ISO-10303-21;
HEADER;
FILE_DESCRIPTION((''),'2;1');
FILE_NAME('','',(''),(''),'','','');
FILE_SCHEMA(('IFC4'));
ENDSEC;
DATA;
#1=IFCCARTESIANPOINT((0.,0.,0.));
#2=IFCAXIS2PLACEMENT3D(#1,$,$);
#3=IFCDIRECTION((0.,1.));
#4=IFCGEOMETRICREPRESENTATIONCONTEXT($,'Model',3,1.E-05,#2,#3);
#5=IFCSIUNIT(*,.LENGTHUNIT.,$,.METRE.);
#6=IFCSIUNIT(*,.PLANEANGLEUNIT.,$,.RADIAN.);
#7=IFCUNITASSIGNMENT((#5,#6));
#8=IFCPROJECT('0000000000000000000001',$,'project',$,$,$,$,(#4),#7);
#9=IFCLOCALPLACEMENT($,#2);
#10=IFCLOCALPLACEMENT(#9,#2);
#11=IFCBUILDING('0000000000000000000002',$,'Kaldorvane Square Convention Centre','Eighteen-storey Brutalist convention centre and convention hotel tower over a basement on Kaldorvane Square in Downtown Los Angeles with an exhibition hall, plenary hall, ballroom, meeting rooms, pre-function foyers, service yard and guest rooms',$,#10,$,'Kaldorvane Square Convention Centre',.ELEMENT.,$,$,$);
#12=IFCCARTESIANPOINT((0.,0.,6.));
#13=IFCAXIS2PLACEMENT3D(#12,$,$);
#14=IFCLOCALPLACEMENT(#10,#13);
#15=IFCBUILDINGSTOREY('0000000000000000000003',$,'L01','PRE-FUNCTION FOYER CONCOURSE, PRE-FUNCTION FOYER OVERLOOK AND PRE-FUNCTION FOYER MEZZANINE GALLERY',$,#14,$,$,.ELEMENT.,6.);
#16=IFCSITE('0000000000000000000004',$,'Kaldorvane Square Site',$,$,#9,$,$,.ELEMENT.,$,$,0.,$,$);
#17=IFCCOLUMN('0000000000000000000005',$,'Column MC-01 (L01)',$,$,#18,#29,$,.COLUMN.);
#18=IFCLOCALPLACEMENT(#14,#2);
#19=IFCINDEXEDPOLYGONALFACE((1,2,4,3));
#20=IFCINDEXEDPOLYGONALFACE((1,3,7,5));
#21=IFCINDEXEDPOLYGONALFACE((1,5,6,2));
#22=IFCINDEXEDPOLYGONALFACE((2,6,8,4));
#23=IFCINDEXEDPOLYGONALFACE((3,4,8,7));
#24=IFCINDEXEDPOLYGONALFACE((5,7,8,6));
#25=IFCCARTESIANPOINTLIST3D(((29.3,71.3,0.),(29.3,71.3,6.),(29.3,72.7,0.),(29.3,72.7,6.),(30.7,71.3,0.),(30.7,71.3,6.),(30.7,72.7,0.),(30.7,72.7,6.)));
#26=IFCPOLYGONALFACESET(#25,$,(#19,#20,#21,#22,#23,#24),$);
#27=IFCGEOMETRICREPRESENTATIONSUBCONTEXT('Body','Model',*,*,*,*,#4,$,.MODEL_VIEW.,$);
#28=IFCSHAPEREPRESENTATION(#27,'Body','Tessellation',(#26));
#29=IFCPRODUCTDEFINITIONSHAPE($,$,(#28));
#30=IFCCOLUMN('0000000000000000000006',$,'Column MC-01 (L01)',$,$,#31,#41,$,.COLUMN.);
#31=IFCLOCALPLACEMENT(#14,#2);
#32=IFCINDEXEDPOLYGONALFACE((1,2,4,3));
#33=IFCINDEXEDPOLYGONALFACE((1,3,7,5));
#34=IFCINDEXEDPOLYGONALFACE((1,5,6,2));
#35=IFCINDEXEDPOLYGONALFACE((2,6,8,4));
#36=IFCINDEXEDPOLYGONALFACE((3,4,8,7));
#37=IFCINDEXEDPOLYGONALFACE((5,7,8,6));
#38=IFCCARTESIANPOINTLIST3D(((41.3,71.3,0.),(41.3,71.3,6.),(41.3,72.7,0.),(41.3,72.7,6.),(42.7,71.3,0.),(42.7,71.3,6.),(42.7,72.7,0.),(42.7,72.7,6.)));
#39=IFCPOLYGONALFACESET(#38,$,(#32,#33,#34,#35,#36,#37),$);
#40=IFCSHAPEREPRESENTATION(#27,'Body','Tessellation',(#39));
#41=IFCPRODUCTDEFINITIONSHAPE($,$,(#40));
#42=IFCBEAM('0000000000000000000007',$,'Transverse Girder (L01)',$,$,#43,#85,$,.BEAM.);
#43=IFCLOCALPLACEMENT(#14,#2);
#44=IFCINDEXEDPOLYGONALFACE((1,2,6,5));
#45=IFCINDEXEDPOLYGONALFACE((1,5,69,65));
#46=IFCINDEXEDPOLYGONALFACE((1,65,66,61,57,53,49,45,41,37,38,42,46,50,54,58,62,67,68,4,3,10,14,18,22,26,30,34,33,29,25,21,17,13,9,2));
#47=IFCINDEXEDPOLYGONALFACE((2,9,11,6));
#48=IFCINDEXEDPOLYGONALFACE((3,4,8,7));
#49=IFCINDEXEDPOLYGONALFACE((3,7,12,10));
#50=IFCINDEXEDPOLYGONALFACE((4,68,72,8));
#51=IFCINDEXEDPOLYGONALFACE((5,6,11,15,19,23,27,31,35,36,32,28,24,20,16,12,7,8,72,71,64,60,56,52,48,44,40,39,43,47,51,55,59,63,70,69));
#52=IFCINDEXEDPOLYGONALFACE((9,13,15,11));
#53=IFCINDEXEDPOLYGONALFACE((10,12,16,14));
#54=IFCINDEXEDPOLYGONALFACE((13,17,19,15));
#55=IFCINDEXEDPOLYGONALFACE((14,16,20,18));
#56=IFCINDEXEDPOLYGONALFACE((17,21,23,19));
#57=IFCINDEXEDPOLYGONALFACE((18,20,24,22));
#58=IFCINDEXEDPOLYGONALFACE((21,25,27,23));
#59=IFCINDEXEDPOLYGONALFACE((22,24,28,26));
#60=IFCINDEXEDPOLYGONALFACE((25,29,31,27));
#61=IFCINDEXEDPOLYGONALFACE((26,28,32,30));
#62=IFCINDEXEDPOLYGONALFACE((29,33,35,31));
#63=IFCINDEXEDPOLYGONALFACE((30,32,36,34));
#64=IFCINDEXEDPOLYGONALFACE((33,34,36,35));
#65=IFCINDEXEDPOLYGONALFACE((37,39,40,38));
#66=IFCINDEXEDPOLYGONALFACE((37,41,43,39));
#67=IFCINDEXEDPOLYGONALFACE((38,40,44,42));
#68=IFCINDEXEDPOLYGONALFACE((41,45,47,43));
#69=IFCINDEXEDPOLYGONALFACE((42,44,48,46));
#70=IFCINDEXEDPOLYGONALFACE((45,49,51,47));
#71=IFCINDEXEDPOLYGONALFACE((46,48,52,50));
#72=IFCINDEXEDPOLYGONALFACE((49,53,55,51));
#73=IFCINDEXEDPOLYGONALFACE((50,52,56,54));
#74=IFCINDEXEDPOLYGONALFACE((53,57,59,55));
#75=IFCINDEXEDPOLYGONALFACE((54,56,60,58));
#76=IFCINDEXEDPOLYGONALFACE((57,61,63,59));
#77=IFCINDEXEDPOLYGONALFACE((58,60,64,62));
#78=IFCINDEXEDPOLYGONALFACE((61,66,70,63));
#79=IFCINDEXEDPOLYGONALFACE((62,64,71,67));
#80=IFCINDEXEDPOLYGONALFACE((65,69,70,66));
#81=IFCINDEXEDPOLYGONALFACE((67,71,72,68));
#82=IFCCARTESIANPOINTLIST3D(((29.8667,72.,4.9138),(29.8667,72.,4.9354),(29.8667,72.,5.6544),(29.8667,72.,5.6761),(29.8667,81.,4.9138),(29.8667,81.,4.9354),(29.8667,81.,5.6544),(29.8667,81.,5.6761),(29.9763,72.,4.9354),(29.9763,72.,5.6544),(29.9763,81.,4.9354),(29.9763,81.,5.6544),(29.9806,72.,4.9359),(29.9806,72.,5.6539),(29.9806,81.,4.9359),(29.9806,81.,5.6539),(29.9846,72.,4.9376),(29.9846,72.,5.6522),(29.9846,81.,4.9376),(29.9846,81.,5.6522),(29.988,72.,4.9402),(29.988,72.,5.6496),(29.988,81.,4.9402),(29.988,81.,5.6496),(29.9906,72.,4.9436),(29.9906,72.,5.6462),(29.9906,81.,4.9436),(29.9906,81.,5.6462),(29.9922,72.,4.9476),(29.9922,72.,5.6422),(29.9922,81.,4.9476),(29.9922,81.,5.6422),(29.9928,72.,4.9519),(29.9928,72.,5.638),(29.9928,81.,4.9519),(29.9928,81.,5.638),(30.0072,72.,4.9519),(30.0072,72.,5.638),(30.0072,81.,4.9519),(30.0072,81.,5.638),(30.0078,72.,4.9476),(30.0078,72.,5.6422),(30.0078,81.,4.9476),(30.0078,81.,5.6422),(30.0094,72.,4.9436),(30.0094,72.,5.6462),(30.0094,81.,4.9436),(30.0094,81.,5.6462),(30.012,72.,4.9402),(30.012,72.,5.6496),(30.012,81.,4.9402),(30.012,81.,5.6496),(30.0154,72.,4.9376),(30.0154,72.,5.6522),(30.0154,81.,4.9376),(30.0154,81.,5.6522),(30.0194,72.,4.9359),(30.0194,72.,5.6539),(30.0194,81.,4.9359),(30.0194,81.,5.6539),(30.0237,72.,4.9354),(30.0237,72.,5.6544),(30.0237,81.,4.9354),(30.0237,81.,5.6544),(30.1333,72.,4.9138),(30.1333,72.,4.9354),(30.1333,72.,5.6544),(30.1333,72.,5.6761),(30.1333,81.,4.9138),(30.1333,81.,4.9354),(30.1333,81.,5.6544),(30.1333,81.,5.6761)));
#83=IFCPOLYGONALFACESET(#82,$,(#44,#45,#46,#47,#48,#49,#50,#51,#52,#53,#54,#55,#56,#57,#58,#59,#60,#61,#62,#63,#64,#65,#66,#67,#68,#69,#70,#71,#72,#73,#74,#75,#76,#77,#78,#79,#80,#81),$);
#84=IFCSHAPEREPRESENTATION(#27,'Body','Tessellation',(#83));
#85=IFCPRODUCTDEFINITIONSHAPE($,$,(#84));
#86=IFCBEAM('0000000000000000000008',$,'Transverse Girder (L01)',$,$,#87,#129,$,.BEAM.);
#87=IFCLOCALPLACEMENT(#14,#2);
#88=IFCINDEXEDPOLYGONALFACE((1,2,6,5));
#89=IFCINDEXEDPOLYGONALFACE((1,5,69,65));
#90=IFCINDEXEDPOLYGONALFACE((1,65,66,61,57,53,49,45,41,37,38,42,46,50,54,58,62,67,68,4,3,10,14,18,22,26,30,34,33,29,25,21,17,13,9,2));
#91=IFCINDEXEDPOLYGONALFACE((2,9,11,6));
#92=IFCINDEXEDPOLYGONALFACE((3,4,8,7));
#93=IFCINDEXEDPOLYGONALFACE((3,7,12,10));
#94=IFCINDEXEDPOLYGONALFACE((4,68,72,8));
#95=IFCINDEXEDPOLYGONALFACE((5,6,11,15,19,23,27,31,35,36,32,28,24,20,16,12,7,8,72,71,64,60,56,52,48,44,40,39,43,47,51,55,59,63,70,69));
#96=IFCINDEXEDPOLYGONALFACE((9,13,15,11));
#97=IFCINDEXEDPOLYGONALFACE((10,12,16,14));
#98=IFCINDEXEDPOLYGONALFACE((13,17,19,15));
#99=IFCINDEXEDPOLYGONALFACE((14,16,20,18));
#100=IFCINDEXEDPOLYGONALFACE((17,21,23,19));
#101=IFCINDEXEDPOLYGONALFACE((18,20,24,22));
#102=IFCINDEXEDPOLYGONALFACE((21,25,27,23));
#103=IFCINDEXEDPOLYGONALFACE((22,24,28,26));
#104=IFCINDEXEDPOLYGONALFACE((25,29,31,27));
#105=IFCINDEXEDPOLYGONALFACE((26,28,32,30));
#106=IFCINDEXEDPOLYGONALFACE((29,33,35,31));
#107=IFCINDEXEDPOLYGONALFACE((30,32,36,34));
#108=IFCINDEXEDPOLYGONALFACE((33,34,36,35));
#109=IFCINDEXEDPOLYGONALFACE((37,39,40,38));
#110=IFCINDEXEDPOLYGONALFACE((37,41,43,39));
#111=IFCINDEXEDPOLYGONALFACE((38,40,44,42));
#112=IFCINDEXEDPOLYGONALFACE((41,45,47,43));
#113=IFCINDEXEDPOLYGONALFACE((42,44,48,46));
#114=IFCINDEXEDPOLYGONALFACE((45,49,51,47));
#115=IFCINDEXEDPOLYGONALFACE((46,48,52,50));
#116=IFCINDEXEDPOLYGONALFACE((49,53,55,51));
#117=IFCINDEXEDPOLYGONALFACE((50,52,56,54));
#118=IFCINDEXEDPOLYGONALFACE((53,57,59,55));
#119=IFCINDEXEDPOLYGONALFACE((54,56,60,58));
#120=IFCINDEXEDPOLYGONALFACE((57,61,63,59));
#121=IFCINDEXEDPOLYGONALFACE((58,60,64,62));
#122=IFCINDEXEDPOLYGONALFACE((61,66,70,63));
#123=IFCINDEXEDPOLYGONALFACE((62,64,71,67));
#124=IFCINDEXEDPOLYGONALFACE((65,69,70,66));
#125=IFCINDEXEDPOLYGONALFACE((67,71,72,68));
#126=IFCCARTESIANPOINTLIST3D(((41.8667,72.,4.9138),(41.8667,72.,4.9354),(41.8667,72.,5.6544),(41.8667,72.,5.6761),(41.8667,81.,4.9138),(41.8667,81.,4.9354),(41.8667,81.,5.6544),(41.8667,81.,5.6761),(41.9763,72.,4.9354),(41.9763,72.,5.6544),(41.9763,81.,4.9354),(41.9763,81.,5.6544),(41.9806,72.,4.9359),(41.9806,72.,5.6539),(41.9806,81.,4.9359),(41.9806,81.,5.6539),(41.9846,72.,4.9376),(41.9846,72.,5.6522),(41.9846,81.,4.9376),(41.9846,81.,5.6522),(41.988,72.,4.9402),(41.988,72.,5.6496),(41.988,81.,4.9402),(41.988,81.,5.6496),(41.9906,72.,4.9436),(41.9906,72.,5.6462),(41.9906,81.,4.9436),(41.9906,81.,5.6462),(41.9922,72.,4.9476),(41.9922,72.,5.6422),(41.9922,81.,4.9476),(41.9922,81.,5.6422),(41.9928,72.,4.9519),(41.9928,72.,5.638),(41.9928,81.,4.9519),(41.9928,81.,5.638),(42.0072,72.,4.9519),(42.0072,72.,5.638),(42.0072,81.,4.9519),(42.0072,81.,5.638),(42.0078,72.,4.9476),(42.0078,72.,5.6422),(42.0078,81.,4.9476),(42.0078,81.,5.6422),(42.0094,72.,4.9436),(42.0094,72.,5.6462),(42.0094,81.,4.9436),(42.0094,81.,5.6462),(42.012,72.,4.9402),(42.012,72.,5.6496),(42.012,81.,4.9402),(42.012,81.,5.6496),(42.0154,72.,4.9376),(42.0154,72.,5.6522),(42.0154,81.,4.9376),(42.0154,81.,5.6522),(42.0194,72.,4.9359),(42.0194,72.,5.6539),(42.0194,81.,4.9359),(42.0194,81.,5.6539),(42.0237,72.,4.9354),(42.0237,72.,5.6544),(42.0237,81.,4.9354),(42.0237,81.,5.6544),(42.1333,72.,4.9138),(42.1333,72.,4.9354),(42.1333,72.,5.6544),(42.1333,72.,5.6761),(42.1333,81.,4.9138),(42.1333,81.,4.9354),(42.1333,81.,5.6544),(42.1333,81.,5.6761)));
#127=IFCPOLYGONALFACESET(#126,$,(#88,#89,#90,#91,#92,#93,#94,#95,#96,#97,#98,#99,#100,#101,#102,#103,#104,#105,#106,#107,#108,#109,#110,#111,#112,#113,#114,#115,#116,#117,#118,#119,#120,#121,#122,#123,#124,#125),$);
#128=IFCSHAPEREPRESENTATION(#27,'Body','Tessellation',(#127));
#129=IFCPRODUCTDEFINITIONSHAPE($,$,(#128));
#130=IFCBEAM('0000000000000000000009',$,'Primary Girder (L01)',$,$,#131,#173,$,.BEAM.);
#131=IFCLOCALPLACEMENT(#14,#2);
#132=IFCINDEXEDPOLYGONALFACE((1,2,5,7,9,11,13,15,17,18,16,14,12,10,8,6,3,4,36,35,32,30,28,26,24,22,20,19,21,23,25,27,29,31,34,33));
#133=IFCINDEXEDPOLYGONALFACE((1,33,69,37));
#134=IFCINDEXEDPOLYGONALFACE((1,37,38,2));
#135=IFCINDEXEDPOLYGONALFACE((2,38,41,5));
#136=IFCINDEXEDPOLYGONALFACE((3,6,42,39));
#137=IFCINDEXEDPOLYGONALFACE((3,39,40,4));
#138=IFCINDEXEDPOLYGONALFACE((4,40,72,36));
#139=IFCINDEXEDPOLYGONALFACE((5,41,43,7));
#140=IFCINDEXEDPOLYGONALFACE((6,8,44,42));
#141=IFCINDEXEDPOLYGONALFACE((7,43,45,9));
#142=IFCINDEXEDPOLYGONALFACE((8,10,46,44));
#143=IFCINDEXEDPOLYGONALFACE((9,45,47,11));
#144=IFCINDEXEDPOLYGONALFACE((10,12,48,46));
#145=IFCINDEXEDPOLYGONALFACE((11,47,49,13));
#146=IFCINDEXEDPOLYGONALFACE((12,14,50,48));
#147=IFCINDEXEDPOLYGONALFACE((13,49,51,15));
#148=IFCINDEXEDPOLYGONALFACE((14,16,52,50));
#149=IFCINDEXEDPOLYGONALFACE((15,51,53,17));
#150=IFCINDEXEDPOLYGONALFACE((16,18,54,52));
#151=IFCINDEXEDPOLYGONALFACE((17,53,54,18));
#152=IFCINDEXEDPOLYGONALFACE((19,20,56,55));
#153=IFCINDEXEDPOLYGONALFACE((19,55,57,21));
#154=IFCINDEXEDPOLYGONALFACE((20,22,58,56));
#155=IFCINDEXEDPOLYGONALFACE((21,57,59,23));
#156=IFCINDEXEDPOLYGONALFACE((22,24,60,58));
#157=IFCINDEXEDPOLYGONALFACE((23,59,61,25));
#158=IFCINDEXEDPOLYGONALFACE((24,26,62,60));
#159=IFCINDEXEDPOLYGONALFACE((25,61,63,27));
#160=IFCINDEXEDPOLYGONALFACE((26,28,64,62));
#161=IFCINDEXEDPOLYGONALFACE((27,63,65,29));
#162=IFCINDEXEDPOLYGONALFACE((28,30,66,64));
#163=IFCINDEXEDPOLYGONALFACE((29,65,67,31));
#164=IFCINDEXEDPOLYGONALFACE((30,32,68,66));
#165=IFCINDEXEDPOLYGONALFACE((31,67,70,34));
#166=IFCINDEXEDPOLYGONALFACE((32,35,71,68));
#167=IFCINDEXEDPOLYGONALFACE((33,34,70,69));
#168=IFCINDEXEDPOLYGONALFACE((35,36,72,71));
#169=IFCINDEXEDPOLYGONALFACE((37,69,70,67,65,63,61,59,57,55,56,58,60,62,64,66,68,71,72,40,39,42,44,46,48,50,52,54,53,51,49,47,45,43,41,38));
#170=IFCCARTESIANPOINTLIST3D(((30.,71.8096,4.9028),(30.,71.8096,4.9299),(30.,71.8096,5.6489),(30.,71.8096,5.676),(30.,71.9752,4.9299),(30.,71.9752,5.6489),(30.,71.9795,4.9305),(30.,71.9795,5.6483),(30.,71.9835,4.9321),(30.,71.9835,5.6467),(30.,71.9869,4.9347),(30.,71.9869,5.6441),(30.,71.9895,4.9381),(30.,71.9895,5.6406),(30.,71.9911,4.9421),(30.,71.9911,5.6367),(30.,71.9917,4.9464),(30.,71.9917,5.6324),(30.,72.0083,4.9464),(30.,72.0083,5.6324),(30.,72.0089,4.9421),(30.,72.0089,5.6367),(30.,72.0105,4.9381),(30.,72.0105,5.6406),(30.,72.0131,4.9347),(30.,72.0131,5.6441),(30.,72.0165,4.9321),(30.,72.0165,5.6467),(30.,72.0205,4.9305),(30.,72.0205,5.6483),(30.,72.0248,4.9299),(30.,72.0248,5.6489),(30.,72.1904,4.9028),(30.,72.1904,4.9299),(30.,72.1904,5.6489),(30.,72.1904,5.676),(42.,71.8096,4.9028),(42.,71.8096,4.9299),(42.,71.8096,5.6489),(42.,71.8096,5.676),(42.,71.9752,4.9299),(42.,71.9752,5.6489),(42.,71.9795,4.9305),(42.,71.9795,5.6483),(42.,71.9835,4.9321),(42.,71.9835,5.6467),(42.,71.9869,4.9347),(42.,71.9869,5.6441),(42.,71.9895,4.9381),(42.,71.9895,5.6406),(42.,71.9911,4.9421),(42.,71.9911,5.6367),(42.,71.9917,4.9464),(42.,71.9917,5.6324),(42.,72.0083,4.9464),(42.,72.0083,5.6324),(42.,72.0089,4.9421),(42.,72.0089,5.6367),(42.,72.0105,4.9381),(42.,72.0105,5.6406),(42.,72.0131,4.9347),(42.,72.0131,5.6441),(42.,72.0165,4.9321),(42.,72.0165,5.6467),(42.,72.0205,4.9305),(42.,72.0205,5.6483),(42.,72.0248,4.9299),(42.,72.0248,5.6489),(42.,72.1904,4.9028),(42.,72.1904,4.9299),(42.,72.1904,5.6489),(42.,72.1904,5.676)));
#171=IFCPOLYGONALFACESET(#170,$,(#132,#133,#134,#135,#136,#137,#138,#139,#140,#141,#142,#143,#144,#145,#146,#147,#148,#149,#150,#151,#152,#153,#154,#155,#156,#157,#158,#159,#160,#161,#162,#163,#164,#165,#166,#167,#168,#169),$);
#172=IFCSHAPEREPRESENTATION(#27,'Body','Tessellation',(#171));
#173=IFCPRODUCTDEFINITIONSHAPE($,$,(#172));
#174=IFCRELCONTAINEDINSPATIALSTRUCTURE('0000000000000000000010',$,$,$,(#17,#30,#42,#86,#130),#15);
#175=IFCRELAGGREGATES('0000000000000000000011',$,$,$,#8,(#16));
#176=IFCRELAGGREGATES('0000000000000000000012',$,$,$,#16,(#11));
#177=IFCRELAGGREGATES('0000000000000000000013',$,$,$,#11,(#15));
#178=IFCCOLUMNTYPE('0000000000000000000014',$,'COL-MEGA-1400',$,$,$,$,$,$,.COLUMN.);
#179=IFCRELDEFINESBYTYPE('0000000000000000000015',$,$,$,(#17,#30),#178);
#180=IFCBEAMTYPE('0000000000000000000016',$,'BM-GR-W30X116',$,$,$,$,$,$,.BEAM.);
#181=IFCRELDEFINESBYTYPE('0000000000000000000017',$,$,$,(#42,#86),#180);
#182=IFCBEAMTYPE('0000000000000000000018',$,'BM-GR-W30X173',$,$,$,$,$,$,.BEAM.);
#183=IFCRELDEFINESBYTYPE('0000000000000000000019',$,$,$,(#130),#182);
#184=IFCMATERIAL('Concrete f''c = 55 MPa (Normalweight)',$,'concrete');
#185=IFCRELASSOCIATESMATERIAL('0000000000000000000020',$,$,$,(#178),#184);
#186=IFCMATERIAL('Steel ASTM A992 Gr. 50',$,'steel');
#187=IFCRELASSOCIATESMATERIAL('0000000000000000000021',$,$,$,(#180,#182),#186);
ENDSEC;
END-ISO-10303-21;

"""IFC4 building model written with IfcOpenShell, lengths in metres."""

from ifc_helpers import new_model, si_unit, direction, frame, origin, origin_2d, place, context, subcontext, project, spatial, rectangle, i_section, extrude, material, material_profile, profile_set, type_object, element, save


model = new_model("IFC4")

# Units and contexts
model_context = context("Model", 3, precision=1e-05, world=origin(), true_north=direction((0.0, 1.0)))
body_context = subcontext(model_context, "Body", "Model", "MODEL_VIEW")
ifc_project = project(units=[si_unit("LENGTHUNIT", "METRE"), si_unit("PLANEANGLEUNIT", "RADIAN")], contexts=[model_context])

# Site, building, storey
site_placement = place(None, origin())
site = spatial("IfcSite", under=ifc_project, at=site_placement, Name="Kaldorvane Square Site", CompositionType="ELEMENT", RefElevation=0.0)
building_placement = place(site_placement, origin())
building = spatial("IfcBuilding", under=site, at=building_placement, Name="Kaldorvane Square Convention Centre", Description="Eighteen-storey Brutalist convention centre and convention hotel tower over a basement on Kaldorvane Square in Downtown Los Angeles with an exhibition hall, plenary hall, ballroom, meeting rooms, pre-function foyers, service yard and guest rooms", LongName="Kaldorvane Square Convention Centre", CompositionType="ELEMENT")
storey_placement = place(building_placement, frame((0.0, 0.0, 6.0)))
storey = spatial("IfcBuildingStorey", under=building, at=storey_placement, Name="L01", Description="PRE-FUNCTION FOYER CONCOURSE, PRE-FUNCTION FOYER OVERLOOK AND PRE-FUNCTION FOYER MEZZANINE GALLERY", CompositionType="ELEMENT", Elevation=6.0)

# Columns
ifc_material_1 = material(Name="Concrete f'c = 55 MPa (Normalweight)", Category="concrete")
ifc_material_profile_1 = material_profile(ifc_material_1, rectangle(XDim=1.4, YDim=1.4, at=origin_2d()), Name="RC1400X1400")
ifc_profile_set_1 = profile_set([ifc_material_profile_1], Name="Concrete f'c = 55 MPa (Normalweight)")
column_type = type_object("IfcColumnType", Name="COL-MEGA-1400", PredefinedType="COLUMN", material=ifc_profile_set_1)
for number, where, z_axis, x_axis, name in (
    (1, (30.0, 72.0, 0.0), (0.0, 0.0, 1.0), (1.0, 0.0, 0.0), "Column MC-01 (L01)"),
    (2, (42.0, 72.0, 0.0), (0.0, 0.0, 1.0), (1.0, 0.0, 0.0), "Column MC-01 (L01)"),
):
    element("IfcColumn", number, at=place(storey_placement, frame(where, z_axis=z_axis, x_axis=x_axis)), inside=storey, type_object=column_type, Name=name, PredefinedType="COLUMN", context=body_context, shape_type="SweptSolid", body=[
        extrude(rectangle(XDim=1.4, YDim=1.4, at=origin_2d()), origin(), (0.0, 0.0, 1.0), 6.0),
    ])

# Beams
ifc_material_2 = material(Name="Steel ASTM A992 Gr. 50", Category="steel")
ifc_material_profile_2 = material_profile(ifc_material_2, i_section(OverallWidth=0.2666, OverallDepth=0.7623, WebThickness=0.0144, FlangeThickness=0.0216, FilletRadius=0.0165, at=origin_2d()), Name="W30X116")
ifc_profile_set_2 = profile_set([ifc_material_profile_2], Name="Steel ASTM A992 Gr. 50")
beam_type_1 = type_object("IfcBeamType", Name="BM-GR-W30X116", PredefinedType="BEAM", material=ifc_profile_set_2)
for number, where, z_axis, x_axis, name in (
    (3, (30.0, 72.0, 5.2949), (0.0, 1.0, 0.0), (-1.0, 0.0, 0.0), "Transverse Girder (L01)"),
    (4, (42.0, 72.0, 5.2949), (0.0, 1.0, 0.0), (-1.0, 0.0, 0.0), "Transverse Girder (L01)"),
):
    element("IfcBeam", number, at=place(storey_placement, frame(where, z_axis=z_axis, x_axis=x_axis)), inside=storey, type_object=beam_type_1, Name=name, PredefinedType="BEAM", context=body_context, shape_type="SweptSolid", body=[
        extrude(i_section(OverallWidth=0.2666, OverallDepth=0.7623, WebThickness=0.0144, FlangeThickness=0.0216, FilletRadius=0.0165, at=origin_2d()), origin(), (0.0, 0.0, 1.0), 9.0),
    ])
ifc_material_profile_3 = material_profile(ifc_material_2, i_section(OverallWidth=0.3807, OverallDepth=0.7732, WebThickness=0.0166, FlangeThickness=0.0271, FilletRadius=0.0165, at=origin_2d()), Name="W30X173")
ifc_profile_set_3 = profile_set([ifc_material_profile_3], Name="Steel ASTM A992 Gr. 50")
beam_type_2 = type_object("IfcBeamType", Name="BM-GR-W30X173", PredefinedType="BEAM", material=ifc_profile_set_3)
for number, where, z_axis, x_axis, name in (
    (5, (30.0, 72.0, 5.2894), (1.0, 0.0, 0.0), (0.0, 1.0, 0.0), "Primary Girder (L01)"),
):
    element("IfcBeam", number, at=place(storey_placement, frame(where, z_axis=z_axis, x_axis=x_axis)), inside=storey, type_object=beam_type_2, Name=name, PredefinedType="BEAM", context=body_context, shape_type="SweptSolid", body=[
        extrude(i_section(OverallWidth=0.3807, OverallDepth=0.7732, WebThickness=0.0166, FlangeThickness=0.0271, FilletRadius=0.0165, at=origin_2d()), origin(), (0.0, 0.0, 1.0), 12.0),
    ])

save(model, "model.ifc")
